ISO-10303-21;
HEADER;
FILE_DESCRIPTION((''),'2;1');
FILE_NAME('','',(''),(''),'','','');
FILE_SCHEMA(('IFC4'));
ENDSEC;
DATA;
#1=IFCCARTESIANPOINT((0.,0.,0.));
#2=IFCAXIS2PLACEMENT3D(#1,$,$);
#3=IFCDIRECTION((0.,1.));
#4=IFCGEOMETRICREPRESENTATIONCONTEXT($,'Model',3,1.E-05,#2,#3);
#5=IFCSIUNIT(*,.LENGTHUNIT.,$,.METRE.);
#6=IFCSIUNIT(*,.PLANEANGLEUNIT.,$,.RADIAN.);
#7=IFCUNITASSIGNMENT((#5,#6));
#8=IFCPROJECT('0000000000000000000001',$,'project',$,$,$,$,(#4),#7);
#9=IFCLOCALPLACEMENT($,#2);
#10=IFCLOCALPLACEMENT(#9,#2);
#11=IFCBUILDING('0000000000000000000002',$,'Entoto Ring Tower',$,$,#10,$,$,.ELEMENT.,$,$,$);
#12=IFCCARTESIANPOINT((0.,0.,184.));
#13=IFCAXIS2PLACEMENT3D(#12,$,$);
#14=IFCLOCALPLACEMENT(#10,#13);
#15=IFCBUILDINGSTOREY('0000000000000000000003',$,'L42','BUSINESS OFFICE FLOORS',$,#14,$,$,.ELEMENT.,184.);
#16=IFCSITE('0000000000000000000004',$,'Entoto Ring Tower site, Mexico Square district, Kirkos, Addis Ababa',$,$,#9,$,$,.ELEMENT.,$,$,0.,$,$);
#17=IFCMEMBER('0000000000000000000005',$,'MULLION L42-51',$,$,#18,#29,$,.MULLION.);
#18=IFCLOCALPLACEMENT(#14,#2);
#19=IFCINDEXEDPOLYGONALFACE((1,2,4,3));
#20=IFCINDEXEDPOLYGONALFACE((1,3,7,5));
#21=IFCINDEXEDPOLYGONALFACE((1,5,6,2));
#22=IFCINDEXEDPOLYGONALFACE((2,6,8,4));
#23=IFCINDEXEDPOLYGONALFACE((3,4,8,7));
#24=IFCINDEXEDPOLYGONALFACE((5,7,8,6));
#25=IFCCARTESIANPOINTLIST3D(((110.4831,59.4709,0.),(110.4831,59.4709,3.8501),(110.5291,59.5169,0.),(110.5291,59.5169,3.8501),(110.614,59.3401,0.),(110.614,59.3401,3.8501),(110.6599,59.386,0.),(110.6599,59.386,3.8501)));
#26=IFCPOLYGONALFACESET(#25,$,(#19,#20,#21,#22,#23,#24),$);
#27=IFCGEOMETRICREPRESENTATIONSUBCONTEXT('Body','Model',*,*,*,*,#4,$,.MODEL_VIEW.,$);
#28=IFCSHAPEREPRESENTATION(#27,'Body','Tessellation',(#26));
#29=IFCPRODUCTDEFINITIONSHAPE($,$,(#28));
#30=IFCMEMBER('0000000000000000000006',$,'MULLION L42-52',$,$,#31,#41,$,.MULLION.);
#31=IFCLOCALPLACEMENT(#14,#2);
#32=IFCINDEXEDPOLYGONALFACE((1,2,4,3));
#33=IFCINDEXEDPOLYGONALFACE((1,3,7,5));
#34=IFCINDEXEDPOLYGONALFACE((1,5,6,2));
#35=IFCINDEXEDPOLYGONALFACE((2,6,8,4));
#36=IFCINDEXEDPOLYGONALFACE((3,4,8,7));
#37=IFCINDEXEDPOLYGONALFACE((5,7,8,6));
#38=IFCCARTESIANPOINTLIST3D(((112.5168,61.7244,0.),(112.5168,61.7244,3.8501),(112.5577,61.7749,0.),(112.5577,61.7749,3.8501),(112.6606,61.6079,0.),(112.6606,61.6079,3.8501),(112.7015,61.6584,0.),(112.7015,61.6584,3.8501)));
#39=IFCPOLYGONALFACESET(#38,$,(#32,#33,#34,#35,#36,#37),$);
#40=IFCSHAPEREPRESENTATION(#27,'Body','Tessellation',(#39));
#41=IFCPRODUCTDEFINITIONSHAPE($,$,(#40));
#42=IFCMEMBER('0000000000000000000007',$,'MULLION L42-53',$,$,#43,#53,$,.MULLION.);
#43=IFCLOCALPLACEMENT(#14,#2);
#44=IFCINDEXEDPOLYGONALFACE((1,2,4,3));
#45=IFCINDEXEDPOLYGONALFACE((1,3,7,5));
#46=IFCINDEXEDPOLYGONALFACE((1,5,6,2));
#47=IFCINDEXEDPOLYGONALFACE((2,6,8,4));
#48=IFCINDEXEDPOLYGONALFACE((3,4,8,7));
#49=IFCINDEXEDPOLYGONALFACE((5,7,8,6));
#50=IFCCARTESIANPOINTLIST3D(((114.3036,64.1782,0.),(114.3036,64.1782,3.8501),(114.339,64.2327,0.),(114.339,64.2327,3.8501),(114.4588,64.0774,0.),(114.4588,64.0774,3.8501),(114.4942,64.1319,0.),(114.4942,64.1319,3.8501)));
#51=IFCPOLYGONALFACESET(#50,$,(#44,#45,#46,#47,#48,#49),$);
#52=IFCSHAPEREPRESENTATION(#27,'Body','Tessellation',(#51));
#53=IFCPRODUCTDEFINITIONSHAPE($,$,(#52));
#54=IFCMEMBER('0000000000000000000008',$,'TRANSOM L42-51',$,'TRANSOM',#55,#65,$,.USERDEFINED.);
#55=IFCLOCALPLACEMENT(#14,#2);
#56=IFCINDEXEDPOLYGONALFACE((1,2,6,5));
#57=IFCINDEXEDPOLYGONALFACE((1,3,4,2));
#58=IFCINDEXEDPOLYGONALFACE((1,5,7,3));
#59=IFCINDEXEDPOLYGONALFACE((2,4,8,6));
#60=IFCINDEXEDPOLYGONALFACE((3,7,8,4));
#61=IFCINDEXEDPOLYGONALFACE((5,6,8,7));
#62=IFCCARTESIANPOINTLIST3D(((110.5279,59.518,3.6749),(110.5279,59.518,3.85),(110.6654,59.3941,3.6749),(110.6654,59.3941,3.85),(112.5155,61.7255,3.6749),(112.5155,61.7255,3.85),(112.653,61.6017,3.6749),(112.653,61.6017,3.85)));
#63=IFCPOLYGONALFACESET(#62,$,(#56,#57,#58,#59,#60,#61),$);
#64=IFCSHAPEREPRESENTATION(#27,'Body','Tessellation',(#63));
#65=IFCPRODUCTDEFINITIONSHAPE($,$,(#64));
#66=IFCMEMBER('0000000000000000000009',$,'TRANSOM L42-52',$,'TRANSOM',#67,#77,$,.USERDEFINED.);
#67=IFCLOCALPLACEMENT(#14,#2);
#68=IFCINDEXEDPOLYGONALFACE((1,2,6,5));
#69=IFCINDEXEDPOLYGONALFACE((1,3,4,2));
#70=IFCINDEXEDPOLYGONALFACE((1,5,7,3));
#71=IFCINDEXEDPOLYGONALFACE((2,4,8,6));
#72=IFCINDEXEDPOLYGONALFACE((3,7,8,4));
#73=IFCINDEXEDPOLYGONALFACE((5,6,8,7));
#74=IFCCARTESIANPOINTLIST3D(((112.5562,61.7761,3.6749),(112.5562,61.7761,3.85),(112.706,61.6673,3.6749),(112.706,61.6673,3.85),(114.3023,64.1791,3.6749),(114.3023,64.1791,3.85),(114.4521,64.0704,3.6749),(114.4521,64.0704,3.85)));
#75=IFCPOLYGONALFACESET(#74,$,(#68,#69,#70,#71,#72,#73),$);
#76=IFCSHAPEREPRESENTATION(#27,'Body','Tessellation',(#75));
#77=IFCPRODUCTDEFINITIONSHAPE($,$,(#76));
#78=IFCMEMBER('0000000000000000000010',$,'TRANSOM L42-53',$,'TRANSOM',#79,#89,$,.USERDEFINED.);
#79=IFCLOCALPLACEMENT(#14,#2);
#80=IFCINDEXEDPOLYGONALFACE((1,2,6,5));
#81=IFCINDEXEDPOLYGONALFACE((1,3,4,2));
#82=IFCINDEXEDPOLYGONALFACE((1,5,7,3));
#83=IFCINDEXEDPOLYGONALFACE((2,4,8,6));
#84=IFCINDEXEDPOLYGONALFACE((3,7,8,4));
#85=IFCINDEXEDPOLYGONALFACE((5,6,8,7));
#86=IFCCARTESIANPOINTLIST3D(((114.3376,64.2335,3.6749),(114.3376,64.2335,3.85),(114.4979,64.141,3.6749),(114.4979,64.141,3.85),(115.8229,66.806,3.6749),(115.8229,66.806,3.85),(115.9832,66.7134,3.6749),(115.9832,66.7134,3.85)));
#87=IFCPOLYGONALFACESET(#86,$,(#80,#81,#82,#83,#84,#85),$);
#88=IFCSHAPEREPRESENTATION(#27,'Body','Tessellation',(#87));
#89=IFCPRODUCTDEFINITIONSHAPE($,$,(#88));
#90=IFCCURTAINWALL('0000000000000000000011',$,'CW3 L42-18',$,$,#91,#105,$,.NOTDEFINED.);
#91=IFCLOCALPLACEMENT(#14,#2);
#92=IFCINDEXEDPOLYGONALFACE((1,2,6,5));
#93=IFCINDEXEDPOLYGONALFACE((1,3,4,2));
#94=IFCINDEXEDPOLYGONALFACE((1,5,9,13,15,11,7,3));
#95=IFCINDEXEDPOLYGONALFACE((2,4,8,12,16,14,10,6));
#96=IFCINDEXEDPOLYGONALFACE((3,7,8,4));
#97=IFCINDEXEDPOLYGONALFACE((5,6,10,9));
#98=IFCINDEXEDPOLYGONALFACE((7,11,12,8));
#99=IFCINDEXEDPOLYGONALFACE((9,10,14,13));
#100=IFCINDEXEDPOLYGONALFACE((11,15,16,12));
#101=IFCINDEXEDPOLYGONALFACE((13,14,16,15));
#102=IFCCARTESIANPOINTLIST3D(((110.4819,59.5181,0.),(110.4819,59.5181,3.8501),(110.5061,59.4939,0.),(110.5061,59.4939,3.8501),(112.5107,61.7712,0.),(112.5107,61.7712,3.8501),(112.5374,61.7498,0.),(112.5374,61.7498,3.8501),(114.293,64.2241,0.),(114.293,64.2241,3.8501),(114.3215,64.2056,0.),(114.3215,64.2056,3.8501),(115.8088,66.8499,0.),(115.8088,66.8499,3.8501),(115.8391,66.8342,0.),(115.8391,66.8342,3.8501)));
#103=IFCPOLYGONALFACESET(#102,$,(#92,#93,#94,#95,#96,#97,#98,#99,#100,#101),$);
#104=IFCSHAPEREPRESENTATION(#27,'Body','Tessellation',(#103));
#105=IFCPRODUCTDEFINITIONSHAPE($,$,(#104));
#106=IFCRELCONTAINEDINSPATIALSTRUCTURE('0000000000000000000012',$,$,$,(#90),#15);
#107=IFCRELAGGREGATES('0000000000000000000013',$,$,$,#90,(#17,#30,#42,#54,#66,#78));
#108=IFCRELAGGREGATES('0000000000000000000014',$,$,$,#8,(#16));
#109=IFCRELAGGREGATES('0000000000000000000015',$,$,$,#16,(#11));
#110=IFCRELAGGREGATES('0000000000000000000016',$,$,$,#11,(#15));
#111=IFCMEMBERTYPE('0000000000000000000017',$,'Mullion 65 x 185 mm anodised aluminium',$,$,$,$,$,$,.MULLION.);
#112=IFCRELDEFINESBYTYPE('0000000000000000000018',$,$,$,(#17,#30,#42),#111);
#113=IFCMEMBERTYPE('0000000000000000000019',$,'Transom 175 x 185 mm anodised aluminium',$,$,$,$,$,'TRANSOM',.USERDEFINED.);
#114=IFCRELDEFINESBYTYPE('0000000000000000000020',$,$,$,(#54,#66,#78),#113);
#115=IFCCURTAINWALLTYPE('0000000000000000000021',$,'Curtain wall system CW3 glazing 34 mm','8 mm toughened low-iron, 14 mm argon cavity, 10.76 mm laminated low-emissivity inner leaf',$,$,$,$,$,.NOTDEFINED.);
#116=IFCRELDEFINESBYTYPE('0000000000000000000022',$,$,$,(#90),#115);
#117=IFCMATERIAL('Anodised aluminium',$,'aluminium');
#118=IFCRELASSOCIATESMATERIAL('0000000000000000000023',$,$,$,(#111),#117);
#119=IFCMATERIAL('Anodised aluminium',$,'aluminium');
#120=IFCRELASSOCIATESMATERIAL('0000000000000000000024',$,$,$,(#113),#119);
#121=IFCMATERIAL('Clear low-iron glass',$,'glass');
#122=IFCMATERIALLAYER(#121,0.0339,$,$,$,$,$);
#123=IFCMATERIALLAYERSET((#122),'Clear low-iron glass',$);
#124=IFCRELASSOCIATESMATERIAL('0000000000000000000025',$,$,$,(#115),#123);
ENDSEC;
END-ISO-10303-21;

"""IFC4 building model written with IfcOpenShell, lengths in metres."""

from ifc_helpers import new_model, si_unit, direction, frame, origin, origin_2d, place, context, subcontext, project, spatial, polyline, rectangle, outline, extrude, material, layer, layer_set, material_profile, profile_set, type_object, element, aggregate, save


model = new_model("IFC4")

# Units and contexts
model_context = context("Model", 3, precision=1e-05, world=origin(), true_north=direction((0.0, 1.0)))
body_context = subcontext(model_context, "Body", "Model", "MODEL_VIEW")
ifc_project = project(units=[si_unit("LENGTHUNIT", "METRE"), si_unit("PLANEANGLEUNIT", "RADIAN")], contexts=[model_context])

# Members
ifc_material_1 = material(Name="Anodised aluminium", Category="aluminium")
ifc_material_profile_1 = material_profile(ifc_material_1, rectangle(XDim=0.0649, YDim=0.1851, at=origin_2d()), Name="Mullion 65 x 185 mm anodised aluminium")
ifc_profile_set_1 = profile_set([ifc_material_profile_1], Name="Anodised aluminium")
member_type_1 = type_object("IfcMemberType", Name="Mullion 65 x 185 mm anodised aluminium", PredefinedType="MULLION", material=ifc_profile_set_1)
site_placement = place(None, origin())
building_placement = place(site_placement, origin())
storey_placement = place(building_placement, frame((0.0, 0.0, 184.0)))
member_1_placement = place(storey_placement, frame((110.5715, 59.4285, 0.0), z_axis=(0.0, 0.0, 1.0), x_axis=(0.707107, 0.707107, 0.0)))
member_1 = element("IfcMember", 1, at=member_1_placement, type_object=member_type_1, Name="MULLION L42-51", PredefinedType="MULLION", context=body_context, shape_type="SweptSolid", body=[
    extrude(rectangle(XDim=0.0649, YDim=0.1851, at=origin_2d()), origin(), (0.0, 0.0, 1.0), 3.8501),
])
member_2_placement = place(storey_placement, frame((112.6091, 61.6914, 0.0), z_axis=(0.0, 0.0, 1.0), x_axis=(0.62932, 0.777146, 0.0)))
member_2 = element("IfcMember", 2, at=member_2_placement, type_object=member_type_1, Name="MULLION L42-52", PredefinedType="MULLION", context=body_context, shape_type="SweptSolid", body=[
    extrude(rectangle(XDim=0.0649, YDim=0.1851, at=origin_2d()), origin(), (0.0, 0.0, 1.0), 3.8501),
])
member_3_placement = place(storey_placement, frame((114.3989, 64.155, 0.0), z_axis=(0.0, 0.0, 1.0), x_axis=(0.544639, 0.838671, 0.0)))
member_3 = element("IfcMember", 3, at=member_3_placement, type_object=member_type_1, Name="MULLION L42-53", PredefinedType="MULLION", context=body_context, shape_type="SweptSolid", body=[
    extrude(rectangle(XDim=0.0649, YDim=0.1851, at=origin_2d()), origin(), (0.0, 0.0, 1.0), 3.8501),
])
ifc_material_2 = material(Name="Anodised aluminium", Category="aluminium")
ifc_material_profile_2 = material_profile(ifc_material_2, rectangle(XDim=0.1851, YDim=0.175, at=origin_2d()), Name="Transom 175 x 185 mm anodised aluminium")
ifc_profile_set_2 = profile_set([ifc_material_profile_2], Name="Anodised aluminium")
member_type_2 = type_object("IfcMemberType", Name="Transom 175 x 185 mm anodised aluminium", ElementType="TRANSOM", PredefinedType="USERDEFINED", material=ifc_profile_set_2)
member_4_placement = place(storey_placement, frame((110.5967, 59.4561, 3.7625), z_axis=(0.66911, 0.743163, 0.0), x_axis=(-0.743163, 0.66911, 0.0)))
member_4 = element("IfcMember", 4, at=member_4_placement, type_object=member_type_2, Name="TRANSOM L42-51", ObjectType="TRANSOM", PredefinedType="USERDEFINED", context=body_context, shape_type="SweptSolid", body=[
    extrude(rectangle(XDim=0.1851, YDim=0.175, at=origin_2d()), origin(), (0.0, 0.0, 1.0), 2.9705),
])
member_5_placement = place(storey_placement, frame((112.6311, 61.7217, 3.7625), z_axis=(0.58782, 0.808992, 0.0), x_axis=(-0.808992, 0.58782, 0.0)))
member_5 = element("IfcMember", 5, at=member_5_placement, type_object=member_type_2, Name="TRANSOM L42-52", ObjectType="TRANSOM", PredefinedType="USERDEFINED", context=body_context, shape_type="SweptSolid", body=[
    extrude(rectangle(XDim=0.1851, YDim=0.175, at=origin_2d()), origin(), (0.0, 0.0, 1.0), 2.9705),
])
member_6_placement = place(storey_placement, frame((114.4177, 64.1873, 3.7625), z_axis=(0.500028, 0.866009, 0.0), x_axis=(-0.866009, 0.500028, 0.0)))
member_6 = element("IfcMember", 6, at=member_6_placement, type_object=member_type_2, Name="TRANSOM L42-53", ObjectType="TRANSOM", PredefinedType="USERDEFINED", context=body_context, shape_type="SweptSolid", body=[
    extrude(rectangle(XDim=0.1851, YDim=0.175, at=origin_2d()), origin(), (0.0, 0.0, 1.0), 2.9705),
])

# Site, building, storey
site = spatial("IfcSite", under=ifc_project, at=site_placement, Name="Entoto Ring Tower site, Mexico Square district, Kirkos, Addis Ababa", CompositionType="ELEMENT", RefElevation=0.0)
building = spatial("IfcBuilding", under=site, at=building_placement, Name="Entoto Ring Tower", CompositionType="ELEMENT")
storey = spatial("IfcBuildingStorey", under=building, at=storey_placement, Name="L42", Description="BUSINESS OFFICE FLOORS", CompositionType="ELEMENT", Elevation=184.0)

# Curtain wall
ifc_material_3 = material(Name="Clear low-iron glass", Category="glass")
ifc_layer_1 = layer(ifc_material_3, 0.0339)
ifc_layer_set_1 = layer_set([ifc_layer_1], Name="Clear low-iron glass")
curtain_wall_type = type_object("IfcCurtainWallType", Name="Curtain wall system CW3 glazing 34 mm", Description="8 mm toughened low-iron, 14 mm argon cavity, 10.76 mm laminated low-emissivity inner leaf", PredefinedType="NOTDEFINED", material=ifc_layer_set_1)
curtain_wall_1_placement = place(storey_placement, origin())
curtain_wall_1 = element("IfcCurtainWall", 7, at=curtain_wall_1_placement, inside=storey, type_object=curtain_wall_type, Name="CW3 L42-18", PredefinedType="NOTDEFINED", context=body_context, shape_type="SweptSolid", body=[
    extrude(outline(polyline([(110.5061, 59.4939), (112.5374, 61.7498), (114.3215, 64.2056), (115.8391, 66.8342), (115.8088, 66.8499), (114.293, 64.2241), (112.5107, 61.7712), (110.4819, 59.5181), (110.5061, 59.4939)])), origin(), (0.0, 0.0, 1.0), 3.8501),
])
aggregate(curtain_wall_1, [member_1, member_2, member_3, member_4, member_5, member_6])

save(model, "model.ifc")
